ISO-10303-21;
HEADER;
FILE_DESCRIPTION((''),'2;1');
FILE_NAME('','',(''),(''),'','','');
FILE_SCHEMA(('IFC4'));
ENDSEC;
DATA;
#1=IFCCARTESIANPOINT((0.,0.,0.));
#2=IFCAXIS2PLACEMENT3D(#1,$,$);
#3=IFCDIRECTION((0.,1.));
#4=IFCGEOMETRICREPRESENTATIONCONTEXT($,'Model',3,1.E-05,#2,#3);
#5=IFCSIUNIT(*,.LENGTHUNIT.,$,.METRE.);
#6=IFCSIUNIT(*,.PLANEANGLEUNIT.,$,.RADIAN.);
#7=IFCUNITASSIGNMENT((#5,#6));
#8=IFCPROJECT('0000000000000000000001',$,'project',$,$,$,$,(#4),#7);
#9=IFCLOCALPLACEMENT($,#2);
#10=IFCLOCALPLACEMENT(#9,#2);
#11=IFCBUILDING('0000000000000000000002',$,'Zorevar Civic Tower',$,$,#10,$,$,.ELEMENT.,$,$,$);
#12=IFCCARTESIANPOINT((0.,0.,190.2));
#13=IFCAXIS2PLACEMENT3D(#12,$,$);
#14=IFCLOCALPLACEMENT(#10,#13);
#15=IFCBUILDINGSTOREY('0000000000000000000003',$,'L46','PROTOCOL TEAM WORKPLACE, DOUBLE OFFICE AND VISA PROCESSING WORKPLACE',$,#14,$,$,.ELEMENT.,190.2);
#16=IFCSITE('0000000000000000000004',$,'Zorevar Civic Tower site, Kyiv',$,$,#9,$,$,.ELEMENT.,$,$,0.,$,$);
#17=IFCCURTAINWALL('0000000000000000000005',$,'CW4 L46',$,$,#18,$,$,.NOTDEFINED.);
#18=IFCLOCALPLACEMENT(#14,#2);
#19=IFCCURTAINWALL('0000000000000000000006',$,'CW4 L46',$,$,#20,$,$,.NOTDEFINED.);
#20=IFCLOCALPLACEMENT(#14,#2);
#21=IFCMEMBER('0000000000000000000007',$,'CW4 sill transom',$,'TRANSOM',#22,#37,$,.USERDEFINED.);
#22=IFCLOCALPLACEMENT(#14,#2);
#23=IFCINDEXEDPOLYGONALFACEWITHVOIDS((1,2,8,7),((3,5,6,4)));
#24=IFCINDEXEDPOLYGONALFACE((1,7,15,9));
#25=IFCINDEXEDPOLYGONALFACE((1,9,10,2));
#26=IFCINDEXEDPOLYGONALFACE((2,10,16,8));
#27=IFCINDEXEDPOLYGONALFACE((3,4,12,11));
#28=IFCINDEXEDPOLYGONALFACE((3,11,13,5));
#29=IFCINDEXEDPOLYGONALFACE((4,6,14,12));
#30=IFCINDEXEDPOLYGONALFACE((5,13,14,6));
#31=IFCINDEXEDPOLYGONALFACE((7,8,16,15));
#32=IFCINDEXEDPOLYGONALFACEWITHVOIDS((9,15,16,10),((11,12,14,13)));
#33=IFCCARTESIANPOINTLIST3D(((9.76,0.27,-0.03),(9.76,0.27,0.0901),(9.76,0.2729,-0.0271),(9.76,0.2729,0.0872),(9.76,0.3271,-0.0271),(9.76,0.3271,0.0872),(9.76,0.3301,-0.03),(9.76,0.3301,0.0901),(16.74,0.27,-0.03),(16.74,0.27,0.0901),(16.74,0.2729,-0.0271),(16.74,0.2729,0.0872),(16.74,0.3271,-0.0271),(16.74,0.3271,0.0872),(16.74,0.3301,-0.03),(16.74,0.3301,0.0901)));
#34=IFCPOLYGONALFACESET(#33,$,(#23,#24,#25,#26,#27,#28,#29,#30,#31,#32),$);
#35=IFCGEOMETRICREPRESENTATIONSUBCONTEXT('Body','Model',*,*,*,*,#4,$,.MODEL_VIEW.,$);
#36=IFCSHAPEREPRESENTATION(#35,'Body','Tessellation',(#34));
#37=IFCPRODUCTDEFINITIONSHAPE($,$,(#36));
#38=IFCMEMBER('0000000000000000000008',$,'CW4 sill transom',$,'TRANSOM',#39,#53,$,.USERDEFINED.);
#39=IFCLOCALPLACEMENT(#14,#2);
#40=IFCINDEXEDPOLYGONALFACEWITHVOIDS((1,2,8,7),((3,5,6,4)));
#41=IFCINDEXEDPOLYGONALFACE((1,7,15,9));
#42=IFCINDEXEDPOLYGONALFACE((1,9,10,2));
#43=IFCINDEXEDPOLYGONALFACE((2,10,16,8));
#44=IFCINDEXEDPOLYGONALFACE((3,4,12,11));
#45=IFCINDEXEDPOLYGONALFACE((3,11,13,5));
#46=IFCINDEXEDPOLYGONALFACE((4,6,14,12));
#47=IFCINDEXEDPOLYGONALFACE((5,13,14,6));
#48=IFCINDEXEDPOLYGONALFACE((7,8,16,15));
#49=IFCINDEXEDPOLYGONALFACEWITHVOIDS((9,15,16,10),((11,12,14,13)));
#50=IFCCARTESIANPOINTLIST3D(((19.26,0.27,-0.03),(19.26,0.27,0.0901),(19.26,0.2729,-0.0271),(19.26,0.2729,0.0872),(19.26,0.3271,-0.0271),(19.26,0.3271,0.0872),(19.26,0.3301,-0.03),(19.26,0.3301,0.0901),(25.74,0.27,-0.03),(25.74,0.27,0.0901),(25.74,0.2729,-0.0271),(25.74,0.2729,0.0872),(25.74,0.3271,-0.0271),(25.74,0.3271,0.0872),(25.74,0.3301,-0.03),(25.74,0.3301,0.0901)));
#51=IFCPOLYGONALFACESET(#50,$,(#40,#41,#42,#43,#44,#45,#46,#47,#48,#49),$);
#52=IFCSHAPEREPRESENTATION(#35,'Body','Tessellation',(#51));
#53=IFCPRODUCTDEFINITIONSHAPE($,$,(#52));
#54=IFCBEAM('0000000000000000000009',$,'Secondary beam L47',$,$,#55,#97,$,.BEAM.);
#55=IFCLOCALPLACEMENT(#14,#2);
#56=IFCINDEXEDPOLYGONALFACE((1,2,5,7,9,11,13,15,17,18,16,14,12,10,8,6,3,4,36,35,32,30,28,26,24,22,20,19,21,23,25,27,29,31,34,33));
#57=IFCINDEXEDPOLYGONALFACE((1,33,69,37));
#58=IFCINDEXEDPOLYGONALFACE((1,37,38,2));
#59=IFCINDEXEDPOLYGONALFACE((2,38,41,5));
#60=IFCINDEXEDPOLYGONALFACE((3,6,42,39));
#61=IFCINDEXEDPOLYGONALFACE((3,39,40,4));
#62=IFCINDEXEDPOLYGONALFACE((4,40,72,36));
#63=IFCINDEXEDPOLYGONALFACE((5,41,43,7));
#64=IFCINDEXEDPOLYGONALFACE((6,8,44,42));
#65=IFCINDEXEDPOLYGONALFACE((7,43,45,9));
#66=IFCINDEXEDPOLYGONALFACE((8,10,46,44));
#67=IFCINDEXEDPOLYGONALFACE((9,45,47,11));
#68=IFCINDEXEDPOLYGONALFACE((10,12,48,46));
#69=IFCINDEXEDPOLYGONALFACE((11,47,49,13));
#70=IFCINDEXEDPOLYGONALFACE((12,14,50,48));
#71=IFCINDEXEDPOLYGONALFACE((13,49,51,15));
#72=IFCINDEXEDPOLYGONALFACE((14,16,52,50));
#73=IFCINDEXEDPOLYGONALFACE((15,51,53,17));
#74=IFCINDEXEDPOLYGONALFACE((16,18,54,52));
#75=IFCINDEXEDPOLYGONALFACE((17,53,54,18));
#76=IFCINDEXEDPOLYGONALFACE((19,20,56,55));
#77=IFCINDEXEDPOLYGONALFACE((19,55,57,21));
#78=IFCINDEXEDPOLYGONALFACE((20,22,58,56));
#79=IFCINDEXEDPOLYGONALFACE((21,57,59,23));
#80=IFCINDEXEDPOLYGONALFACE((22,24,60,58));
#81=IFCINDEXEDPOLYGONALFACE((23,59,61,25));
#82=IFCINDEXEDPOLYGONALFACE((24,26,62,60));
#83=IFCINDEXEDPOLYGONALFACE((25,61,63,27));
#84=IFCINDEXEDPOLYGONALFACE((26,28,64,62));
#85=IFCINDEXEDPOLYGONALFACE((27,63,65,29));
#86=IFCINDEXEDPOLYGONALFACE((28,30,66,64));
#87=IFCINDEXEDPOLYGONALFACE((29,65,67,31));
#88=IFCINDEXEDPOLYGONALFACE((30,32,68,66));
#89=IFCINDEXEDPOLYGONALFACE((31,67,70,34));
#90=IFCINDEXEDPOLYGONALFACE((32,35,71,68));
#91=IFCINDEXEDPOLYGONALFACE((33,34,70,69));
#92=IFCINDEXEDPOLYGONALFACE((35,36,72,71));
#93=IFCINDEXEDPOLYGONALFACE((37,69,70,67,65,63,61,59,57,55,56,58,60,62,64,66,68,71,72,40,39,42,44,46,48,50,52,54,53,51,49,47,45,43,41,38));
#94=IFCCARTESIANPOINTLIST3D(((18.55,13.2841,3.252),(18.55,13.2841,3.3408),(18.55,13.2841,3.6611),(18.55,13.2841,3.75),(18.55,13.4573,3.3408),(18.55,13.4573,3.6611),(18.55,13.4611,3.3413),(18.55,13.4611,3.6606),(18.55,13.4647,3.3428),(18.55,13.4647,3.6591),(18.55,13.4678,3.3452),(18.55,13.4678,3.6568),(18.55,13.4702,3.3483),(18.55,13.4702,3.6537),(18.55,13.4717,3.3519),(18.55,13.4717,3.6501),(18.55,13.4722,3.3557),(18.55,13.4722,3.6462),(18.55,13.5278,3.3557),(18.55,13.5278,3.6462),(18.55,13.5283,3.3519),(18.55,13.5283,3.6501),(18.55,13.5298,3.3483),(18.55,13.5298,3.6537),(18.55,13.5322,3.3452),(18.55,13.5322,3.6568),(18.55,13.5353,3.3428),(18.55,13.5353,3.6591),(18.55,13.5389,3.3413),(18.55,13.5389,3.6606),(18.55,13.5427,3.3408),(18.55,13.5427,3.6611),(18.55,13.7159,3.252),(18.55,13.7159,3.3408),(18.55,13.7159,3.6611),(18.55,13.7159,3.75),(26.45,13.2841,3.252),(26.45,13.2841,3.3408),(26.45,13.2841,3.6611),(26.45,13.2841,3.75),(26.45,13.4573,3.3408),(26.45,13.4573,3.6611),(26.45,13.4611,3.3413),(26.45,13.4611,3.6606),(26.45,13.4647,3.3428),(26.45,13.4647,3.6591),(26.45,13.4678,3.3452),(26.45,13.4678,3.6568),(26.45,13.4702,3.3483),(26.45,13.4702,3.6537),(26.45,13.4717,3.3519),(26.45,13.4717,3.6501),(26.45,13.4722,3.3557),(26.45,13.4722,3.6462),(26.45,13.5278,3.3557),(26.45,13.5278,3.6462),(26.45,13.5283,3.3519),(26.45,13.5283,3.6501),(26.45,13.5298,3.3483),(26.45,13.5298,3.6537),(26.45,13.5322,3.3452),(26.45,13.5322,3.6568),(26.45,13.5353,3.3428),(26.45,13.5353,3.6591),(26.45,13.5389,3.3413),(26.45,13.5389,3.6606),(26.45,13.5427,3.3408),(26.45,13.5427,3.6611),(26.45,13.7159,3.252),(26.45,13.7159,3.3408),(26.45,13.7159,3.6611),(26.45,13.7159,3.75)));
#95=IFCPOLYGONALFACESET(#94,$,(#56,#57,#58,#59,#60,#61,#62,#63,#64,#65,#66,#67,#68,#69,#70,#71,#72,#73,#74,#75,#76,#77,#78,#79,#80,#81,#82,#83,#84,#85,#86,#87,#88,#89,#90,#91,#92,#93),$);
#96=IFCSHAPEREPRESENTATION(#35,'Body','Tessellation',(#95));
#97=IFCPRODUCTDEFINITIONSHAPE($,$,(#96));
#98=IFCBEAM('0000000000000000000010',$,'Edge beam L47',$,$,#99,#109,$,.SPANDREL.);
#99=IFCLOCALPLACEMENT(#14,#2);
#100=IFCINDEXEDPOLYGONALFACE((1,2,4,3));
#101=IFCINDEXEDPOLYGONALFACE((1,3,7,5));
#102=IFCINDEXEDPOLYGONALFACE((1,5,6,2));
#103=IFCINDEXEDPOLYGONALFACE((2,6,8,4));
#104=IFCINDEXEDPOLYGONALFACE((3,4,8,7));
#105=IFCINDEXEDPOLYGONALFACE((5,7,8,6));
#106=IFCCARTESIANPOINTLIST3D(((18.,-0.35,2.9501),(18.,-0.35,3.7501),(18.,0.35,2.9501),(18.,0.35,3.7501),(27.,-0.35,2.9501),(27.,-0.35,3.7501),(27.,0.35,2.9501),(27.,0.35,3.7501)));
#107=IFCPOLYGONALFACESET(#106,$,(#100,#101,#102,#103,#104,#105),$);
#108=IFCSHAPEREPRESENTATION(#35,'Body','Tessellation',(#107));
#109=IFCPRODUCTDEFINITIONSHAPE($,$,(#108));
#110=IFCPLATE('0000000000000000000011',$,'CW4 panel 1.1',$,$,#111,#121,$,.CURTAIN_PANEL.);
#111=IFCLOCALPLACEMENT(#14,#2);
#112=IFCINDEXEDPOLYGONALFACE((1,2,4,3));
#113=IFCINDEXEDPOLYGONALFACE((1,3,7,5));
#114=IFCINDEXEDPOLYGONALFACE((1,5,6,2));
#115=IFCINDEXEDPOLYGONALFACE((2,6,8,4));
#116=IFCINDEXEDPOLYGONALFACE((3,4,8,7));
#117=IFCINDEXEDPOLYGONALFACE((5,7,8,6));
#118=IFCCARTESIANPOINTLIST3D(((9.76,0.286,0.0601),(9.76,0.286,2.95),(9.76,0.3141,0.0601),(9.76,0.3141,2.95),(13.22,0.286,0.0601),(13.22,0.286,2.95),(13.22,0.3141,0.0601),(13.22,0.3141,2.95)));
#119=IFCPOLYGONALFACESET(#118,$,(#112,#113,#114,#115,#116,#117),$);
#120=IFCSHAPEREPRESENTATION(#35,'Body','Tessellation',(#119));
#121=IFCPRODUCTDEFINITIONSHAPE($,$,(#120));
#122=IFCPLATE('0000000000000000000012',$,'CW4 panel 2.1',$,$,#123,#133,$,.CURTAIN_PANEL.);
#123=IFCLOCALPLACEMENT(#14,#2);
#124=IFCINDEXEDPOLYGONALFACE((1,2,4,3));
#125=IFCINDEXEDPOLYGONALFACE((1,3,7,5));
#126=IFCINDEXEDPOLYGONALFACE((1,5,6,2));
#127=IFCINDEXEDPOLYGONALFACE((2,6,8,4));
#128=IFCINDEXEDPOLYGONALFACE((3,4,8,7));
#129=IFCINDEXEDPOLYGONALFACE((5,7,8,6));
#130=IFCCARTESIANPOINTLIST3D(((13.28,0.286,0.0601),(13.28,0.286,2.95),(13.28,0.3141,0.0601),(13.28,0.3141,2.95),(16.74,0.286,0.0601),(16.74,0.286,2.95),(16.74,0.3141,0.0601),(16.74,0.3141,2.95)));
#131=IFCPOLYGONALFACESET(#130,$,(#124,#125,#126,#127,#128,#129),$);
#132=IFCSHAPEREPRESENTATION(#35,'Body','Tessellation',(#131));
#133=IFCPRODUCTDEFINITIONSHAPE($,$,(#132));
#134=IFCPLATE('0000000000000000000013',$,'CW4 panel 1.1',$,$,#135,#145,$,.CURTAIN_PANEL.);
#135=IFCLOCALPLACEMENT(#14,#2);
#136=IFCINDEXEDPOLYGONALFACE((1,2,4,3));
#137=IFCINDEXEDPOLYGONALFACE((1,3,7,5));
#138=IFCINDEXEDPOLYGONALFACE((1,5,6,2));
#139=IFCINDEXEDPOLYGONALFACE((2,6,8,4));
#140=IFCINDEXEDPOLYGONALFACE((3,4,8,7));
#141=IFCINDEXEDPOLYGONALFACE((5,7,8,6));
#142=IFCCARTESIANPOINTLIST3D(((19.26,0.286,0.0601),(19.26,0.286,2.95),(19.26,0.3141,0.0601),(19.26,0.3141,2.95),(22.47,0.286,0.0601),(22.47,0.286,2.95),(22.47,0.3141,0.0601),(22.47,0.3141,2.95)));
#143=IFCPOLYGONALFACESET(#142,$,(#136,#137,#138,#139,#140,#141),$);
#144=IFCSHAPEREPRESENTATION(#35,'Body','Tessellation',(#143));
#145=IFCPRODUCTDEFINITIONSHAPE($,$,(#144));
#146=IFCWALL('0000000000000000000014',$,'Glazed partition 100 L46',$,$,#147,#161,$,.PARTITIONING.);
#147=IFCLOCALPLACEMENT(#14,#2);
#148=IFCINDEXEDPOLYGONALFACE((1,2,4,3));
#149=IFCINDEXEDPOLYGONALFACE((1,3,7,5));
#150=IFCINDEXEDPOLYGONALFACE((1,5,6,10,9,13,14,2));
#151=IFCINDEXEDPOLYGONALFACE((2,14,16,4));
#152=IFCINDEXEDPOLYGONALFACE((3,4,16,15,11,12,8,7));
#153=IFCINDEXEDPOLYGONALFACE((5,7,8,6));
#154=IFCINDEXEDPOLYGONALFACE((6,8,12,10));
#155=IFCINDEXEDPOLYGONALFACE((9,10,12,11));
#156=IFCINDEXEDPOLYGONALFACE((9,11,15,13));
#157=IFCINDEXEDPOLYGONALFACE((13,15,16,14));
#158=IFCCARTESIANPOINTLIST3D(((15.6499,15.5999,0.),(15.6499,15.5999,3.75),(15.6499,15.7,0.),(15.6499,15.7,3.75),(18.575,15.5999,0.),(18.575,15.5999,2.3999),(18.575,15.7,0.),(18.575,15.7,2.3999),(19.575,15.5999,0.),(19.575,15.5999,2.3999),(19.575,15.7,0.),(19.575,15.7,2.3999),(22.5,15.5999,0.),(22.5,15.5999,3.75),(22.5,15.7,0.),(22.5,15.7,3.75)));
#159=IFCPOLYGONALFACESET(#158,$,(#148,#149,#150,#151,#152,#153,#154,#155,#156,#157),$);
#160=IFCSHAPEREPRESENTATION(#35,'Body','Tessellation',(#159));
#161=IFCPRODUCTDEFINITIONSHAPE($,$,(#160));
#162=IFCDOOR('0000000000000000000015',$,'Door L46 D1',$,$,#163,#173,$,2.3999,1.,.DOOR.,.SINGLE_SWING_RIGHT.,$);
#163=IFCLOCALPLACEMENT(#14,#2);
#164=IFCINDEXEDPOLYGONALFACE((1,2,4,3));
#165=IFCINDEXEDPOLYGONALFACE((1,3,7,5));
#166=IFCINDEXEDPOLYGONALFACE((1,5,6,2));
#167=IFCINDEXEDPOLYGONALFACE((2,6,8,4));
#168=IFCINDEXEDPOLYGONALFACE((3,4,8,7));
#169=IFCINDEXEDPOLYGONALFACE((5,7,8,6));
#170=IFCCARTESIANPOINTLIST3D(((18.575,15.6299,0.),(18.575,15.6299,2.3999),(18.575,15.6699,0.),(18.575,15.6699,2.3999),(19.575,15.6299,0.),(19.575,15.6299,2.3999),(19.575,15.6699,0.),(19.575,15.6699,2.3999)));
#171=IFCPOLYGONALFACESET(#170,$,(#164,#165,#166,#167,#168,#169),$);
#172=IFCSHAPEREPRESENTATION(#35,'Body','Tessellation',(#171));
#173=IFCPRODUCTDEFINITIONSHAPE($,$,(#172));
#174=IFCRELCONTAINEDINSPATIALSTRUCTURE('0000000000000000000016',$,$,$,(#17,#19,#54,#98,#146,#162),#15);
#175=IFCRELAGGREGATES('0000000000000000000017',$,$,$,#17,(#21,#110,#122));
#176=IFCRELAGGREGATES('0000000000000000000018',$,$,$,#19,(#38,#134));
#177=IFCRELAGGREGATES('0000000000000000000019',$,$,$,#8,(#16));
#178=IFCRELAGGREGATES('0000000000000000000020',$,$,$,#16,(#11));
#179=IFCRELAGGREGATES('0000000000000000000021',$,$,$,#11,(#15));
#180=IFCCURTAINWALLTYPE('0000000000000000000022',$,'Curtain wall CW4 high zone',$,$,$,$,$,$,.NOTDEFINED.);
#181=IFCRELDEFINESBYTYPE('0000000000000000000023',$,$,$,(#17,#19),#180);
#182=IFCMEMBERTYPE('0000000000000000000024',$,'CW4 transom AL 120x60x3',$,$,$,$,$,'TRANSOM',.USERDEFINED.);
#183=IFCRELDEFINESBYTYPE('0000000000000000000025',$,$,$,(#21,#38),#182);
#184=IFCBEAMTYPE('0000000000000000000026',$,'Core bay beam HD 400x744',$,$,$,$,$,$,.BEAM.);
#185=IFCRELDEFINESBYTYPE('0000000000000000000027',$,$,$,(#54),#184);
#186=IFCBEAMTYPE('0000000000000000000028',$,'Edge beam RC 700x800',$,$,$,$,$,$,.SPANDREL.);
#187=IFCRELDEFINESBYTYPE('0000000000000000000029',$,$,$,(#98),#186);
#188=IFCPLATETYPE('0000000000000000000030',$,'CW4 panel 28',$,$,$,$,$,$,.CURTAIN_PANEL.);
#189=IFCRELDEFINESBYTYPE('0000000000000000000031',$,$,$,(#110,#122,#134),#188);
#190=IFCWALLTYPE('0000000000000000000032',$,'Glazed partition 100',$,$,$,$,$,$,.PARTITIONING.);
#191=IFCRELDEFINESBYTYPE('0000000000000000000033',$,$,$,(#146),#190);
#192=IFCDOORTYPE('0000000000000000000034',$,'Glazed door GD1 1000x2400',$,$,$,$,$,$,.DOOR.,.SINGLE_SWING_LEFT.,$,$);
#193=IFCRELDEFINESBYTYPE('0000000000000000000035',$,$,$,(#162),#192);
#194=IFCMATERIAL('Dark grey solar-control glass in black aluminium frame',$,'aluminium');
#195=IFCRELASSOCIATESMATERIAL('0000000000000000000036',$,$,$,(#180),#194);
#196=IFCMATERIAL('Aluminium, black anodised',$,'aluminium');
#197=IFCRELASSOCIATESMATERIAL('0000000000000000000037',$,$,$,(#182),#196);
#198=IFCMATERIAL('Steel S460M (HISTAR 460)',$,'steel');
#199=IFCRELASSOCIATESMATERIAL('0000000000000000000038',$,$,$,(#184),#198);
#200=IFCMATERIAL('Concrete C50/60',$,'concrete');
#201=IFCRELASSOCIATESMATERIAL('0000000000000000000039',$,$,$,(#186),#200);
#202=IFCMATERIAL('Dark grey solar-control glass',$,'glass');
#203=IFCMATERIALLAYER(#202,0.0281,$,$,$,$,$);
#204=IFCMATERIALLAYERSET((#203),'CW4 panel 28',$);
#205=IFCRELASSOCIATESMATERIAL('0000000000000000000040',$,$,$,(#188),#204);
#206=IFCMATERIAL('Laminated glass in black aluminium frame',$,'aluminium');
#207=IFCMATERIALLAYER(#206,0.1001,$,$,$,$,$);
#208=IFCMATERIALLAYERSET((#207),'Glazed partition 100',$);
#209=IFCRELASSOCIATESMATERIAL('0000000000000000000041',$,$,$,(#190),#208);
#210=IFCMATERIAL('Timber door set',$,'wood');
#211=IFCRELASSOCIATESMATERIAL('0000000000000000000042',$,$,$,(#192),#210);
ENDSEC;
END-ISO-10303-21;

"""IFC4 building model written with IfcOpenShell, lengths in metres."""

from ifc_helpers import new_model, si_unit, direction, frame, frame_2d, origin, origin_2d, place, context, subcontext, project, spatial, rectangle, hollow_rectangle, i_section, extrude, material, layer, layer_set, material_profile, profile_set, type_object, element, fill, aggregate, save


model = new_model("IFC4")

# Units and contexts
model_context = context("Model", 3, precision=1e-05, world=origin(), true_north=direction((0.0, 1.0)))
body_context = subcontext(model_context, "Body", "Model", "MODEL_VIEW")
ifc_project = project(units=[si_unit("LENGTHUNIT", "METRE"), si_unit("PLANEANGLEUNIT", "RADIAN")], contexts=[model_context])

# Site, building, storey
site_placement = place(None, origin())
site = spatial("IfcSite", under=ifc_project, at=site_placement, Name="Zorevar Civic Tower site, Kyiv", CompositionType="ELEMENT", RefElevation=0.0)
building_placement = place(site_placement, origin())
building = spatial("IfcBuilding", under=site, at=building_placement, Name="Zorevar Civic Tower", CompositionType="ELEMENT")
storey_placement = place(building_placement, frame((0.0, 0.0, 190.2)))
storey = spatial("IfcBuildingStorey", under=building, at=storey_placement, Name="L46", Description="PROTOCOL TEAM WORKPLACE, DOUBLE OFFICE AND VISA PROCESSING WORKPLACE", CompositionType="ELEMENT", Elevation=190.2)

# Curtain wall
ifc_material_1 = material(Name="Dark grey solar-control glass in black aluminium frame", Category="aluminium")
curtain_wall_type = type_object("IfcCurtainWallType", Name="Curtain wall CW4 high zone", PredefinedType="NOTDEFINED", material=ifc_material_1)
curtain_wall_1_placement = place(storey_placement, origin())
curtain_wall_1 = element("IfcCurtainWall", 1, at=curtain_wall_1_placement, inside=storey, type_object=curtain_wall_type, Name="CW4 L46", PredefinedType="NOTDEFINED")

# Curtain wall
curtain_wall_2_placement = place(storey_placement, origin())
curtain_wall_2 = element("IfcCurtainWall", 2, at=curtain_wall_2_placement, inside=storey, type_object=curtain_wall_type, Name="CW4 L46", PredefinedType="NOTDEFINED")

# Members
ifc_material_2 = material(Name="Aluminium, black anodised", Category="aluminium")
ifc_material_profile_1 = material_profile(ifc_material_2, hollow_rectangle(XDim=0.0601, YDim=0.1201, WallThickness=0.0029, at=origin_2d()), Name="AL 120x60x3")
ifc_profile_set_1 = profile_set([ifc_material_profile_1], Name="Aluminium, black anodised")
member_type_1 = type_object("IfcMemberType", Name="CW4 transom AL 120x60x3", ElementType="TRANSOM", PredefinedType="USERDEFINED", material=ifc_profile_set_1)
member_1_placement = place(storey_placement, frame((9.76, 0.3, 0.03), z_axis=(1.0, 0.0, 0.0), x_axis=(0.0, 1.0, 0.0)))
member_1 = element("IfcMember", 3, at=member_1_placement, type_object=member_type_1, Name="CW4 sill transom", ObjectType="TRANSOM", PredefinedType="USERDEFINED", context=body_context, shape_type="SweptSolid", body=[
    extrude(hollow_rectangle(XDim=0.0601, YDim=0.1201, WallThickness=0.0029, at=origin_2d()), origin(), (0.0, 0.0, 1.0), 6.98),
])
member_2_placement = place(storey_placement, frame((19.26, 0.3, 0.03), z_axis=(1.0, 0.0, 0.0), x_axis=(0.0, 1.0, 0.0)))
member_2 = element("IfcMember", 4, at=member_2_placement, type_object=member_type_1, Name="CW4 sill transom", ObjectType="TRANSOM", PredefinedType="USERDEFINED", context=body_context, shape_type="SweptSolid", body=[
    extrude(hollow_rectangle(XDim=0.0601, YDim=0.1201, WallThickness=0.0029, at=origin_2d()), origin(), (0.0, 0.0, 1.0), 6.48),
])

# Beams
ifc_material_3 = material(Name="Steel S460M (HISTAR 460)", Category="steel")
ifc_material_profile_2 = material_profile(ifc_material_3, i_section(OverallWidth=0.4319, OverallDepth=0.498, WebThickness=0.0557, FlangeThickness=0.0889, FilletRadius=0.0149, at=origin_2d()), Name="HD 400x744")
ifc_profile_set_2 = profile_set([ifc_material_profile_2], Name="Steel S460M (HISTAR 460)")
beam_type_1 = type_object("IfcBeamType", Name="Core bay beam HD 400x744", PredefinedType="BEAM", material=ifc_profile_set_2)
beam_1_placement = place(storey_placement, frame((18.55, 13.5, 3.501), z_axis=(1.0, 0.0, 0.0), x_axis=(0.0, 1.0, 0.0)))
element("IfcBeam", 5, at=beam_1_placement, inside=storey, type_object=beam_type_1, Name="Secondary beam L47", PredefinedType="BEAM", context=body_context, shape_type="SweptSolid", body=[
    extrude(i_section(OverallWidth=0.4319, OverallDepth=0.498, WebThickness=0.0557, FlangeThickness=0.0889, FilletRadius=0.0149, at=origin_2d()), origin(), (0.0, 0.0, 1.0), 7.8999),
])
ifc_material_4 = material(Name="Concrete C50/60", Category="concrete")
ifc_material_profile_3 = material_profile(ifc_material_4, rectangle(XDim=0.7, YDim=0.8, at=origin_2d()), Name="RC 700x800")
ifc_profile_set_3 = profile_set([ifc_material_profile_3], Name="Concrete C50/60")
beam_type_2 = type_object("IfcBeamType", Name="Edge beam RC 700x800", PredefinedType="SPANDREL", material=ifc_profile_set_3)
beam_2_placement = place(storey_placement, frame((18.0, 0.0, 3.3501), z_axis=(1.0, 0.0, 0.0), x_axis=(0.0, 1.0, 0.0)))
element("IfcBeam", 6, at=beam_2_placement, inside=storey, type_object=beam_type_2, Name="Edge beam L47", PredefinedType="SPANDREL", context=body_context, shape_type="SweptSolid", body=[
    extrude(rectangle(XDim=0.7, YDim=0.8, at=origin_2d()), origin(), (0.0, 0.0, 1.0), 9.0),
])

# Plates
ifc_material_5 = material(Name="Dark grey solar-control glass", Category="glass")
ifc_layer_1 = layer(ifc_material_5, 0.0281)
ifc_layer_set_1 = layer_set([ifc_layer_1], Name="CW4 panel 28")
plate_type = type_object("IfcPlateType", Name="CW4 panel 28", PredefinedType="CURTAIN_PANEL", material=ifc_layer_set_1)
plate_1_placement = place(storey_placement, frame((11.49, 0.3, 0.0601), z_axis=(0.0, 0.0, 1.0), x_axis=(1.0, 0.0, 0.0)))
plate_1 = element("IfcPlate", 7, at=plate_1_placement, type_object=plate_type, Name="CW4 panel 1.1", PredefinedType="CURTAIN_PANEL", context=body_context, shape_type="SweptSolid", body=[
    extrude(rectangle(XDim=3.46, YDim=0.0281, at=origin_2d()), origin(), (0.0, 0.0, 1.0), 2.8899),
])
plate_2_placement = place(storey_placement, frame((15.01, 0.3, 0.0601), z_axis=(0.0, 0.0, 1.0), x_axis=(1.0, 0.0, 0.0)))
plate_2 = element("IfcPlate", 8, at=plate_2_placement, type_object=plate_type, Name="CW4 panel 2.1", PredefinedType="CURTAIN_PANEL", context=body_context, shape_type="SweptSolid", body=[
    extrude(rectangle(XDim=3.46, YDim=0.0281, at=origin_2d()), origin(), (0.0, 0.0, 1.0), 2.8899),
])
aggregate(curtain_wall_1, [member_1, plate_1, plate_2])
plate_3_placement = place(storey_placement, frame((20.865, 0.3, 0.0601), z_axis=(0.0, 0.0, 1.0), x_axis=(1.0, 0.0, 0.0)))
plate_3 = element("IfcPlate", 9, at=plate_3_placement, type_object=plate_type, Name="CW4 panel 1.1", PredefinedType="CURTAIN_PANEL", context=body_context, shape_type="SweptSolid", body=[
    extrude(rectangle(XDim=3.21, YDim=0.0281, at=origin_2d()), origin(), (0.0, 0.0, 1.0), 2.8899),
])
aggregate(curtain_wall_2, [member_2, plate_3])

# Wall, opening, door
ifc_material_6 = material(Name="Laminated glass in black aluminium frame", Category="aluminium")
ifc_layer_2 = layer(ifc_material_6, 0.1001)
ifc_layer_set_2 = layer_set([ifc_layer_2], Name="Glazed partition 100")
wall_type_1 = type_object("IfcWallType", Name="Glazed partition 100", PredefinedType="PARTITIONING", material=ifc_layer_set_2)
wall_1_placement = place(storey_placement, frame((15.6499, 15.6499, 0.0), z_axis=(0.0, 0.0, 1.0), x_axis=(1.0, 0.0, 0.0)))
wall_1 = element("IfcWall", 10, at=wall_1_placement, inside=storey, type_object=wall_type_1, Name="Glazed partition 100 L46", PredefinedType="PARTITIONING", context=body_context, shape_type="SweptSolid", body=[
    extrude(rectangle(XDim=6.8501, YDim=0.1001, at=frame_2d((3.425, 0.0))), origin(), (0.0, 0.0, 1.0), 3.75),
])
opening_1_placement = place(wall_1_placement, frame((2.925, 0.0, 0.0)))
opening_1 = element("IfcOpeningElement", 11, at=opening_1_placement, cuts=wall_1, PredefinedType="OPENING", context=body_context, shape_type="SweptSolid", body=[
    extrude(rectangle(XDim=1.0, YDim=2.3999, at=frame_2d((0.5, 1.2))), frame((0.0, 0.0601, 0.0), z_axis=(0.0, -1.0, 0.0), x_axis=(1.0, 0.0, 0.0)), (0.0, 0.0, 1.0), 0.1201),
])
ifc_material_7 = material(Name="Timber door set", Category="wood")
door_type_1 = type_object("IfcDoorType", Name="Glazed door GD1 1000x2400", OperationType="SINGLE_SWING_LEFT", PredefinedType="DOOR", material=ifc_material_7)
door_1_placement = place(opening_1_placement, origin())
door_1 = element("IfcDoor", 12, at=door_1_placement, inside=storey, type_object=door_type_1, Name="Door L46 D1", OperationType="SINGLE_SWING_RIGHT", OverallHeight=2.3999, OverallWidth=1.0, PredefinedType="DOOR", context=body_context, shape_type="SweptSolid", body=[
    extrude(rectangle(XDim=1.0, YDim=2.3999, at=frame_2d((0.5, 1.2))), frame((0.0, 0.02, 0.0), z_axis=(0.0, -1.0, 0.0), x_axis=(1.0, 0.0, 0.0)), (0.0, 0.0, 1.0), 0.04),
])
fill(opening_1, door_1)

save(model, "model.ifc")
